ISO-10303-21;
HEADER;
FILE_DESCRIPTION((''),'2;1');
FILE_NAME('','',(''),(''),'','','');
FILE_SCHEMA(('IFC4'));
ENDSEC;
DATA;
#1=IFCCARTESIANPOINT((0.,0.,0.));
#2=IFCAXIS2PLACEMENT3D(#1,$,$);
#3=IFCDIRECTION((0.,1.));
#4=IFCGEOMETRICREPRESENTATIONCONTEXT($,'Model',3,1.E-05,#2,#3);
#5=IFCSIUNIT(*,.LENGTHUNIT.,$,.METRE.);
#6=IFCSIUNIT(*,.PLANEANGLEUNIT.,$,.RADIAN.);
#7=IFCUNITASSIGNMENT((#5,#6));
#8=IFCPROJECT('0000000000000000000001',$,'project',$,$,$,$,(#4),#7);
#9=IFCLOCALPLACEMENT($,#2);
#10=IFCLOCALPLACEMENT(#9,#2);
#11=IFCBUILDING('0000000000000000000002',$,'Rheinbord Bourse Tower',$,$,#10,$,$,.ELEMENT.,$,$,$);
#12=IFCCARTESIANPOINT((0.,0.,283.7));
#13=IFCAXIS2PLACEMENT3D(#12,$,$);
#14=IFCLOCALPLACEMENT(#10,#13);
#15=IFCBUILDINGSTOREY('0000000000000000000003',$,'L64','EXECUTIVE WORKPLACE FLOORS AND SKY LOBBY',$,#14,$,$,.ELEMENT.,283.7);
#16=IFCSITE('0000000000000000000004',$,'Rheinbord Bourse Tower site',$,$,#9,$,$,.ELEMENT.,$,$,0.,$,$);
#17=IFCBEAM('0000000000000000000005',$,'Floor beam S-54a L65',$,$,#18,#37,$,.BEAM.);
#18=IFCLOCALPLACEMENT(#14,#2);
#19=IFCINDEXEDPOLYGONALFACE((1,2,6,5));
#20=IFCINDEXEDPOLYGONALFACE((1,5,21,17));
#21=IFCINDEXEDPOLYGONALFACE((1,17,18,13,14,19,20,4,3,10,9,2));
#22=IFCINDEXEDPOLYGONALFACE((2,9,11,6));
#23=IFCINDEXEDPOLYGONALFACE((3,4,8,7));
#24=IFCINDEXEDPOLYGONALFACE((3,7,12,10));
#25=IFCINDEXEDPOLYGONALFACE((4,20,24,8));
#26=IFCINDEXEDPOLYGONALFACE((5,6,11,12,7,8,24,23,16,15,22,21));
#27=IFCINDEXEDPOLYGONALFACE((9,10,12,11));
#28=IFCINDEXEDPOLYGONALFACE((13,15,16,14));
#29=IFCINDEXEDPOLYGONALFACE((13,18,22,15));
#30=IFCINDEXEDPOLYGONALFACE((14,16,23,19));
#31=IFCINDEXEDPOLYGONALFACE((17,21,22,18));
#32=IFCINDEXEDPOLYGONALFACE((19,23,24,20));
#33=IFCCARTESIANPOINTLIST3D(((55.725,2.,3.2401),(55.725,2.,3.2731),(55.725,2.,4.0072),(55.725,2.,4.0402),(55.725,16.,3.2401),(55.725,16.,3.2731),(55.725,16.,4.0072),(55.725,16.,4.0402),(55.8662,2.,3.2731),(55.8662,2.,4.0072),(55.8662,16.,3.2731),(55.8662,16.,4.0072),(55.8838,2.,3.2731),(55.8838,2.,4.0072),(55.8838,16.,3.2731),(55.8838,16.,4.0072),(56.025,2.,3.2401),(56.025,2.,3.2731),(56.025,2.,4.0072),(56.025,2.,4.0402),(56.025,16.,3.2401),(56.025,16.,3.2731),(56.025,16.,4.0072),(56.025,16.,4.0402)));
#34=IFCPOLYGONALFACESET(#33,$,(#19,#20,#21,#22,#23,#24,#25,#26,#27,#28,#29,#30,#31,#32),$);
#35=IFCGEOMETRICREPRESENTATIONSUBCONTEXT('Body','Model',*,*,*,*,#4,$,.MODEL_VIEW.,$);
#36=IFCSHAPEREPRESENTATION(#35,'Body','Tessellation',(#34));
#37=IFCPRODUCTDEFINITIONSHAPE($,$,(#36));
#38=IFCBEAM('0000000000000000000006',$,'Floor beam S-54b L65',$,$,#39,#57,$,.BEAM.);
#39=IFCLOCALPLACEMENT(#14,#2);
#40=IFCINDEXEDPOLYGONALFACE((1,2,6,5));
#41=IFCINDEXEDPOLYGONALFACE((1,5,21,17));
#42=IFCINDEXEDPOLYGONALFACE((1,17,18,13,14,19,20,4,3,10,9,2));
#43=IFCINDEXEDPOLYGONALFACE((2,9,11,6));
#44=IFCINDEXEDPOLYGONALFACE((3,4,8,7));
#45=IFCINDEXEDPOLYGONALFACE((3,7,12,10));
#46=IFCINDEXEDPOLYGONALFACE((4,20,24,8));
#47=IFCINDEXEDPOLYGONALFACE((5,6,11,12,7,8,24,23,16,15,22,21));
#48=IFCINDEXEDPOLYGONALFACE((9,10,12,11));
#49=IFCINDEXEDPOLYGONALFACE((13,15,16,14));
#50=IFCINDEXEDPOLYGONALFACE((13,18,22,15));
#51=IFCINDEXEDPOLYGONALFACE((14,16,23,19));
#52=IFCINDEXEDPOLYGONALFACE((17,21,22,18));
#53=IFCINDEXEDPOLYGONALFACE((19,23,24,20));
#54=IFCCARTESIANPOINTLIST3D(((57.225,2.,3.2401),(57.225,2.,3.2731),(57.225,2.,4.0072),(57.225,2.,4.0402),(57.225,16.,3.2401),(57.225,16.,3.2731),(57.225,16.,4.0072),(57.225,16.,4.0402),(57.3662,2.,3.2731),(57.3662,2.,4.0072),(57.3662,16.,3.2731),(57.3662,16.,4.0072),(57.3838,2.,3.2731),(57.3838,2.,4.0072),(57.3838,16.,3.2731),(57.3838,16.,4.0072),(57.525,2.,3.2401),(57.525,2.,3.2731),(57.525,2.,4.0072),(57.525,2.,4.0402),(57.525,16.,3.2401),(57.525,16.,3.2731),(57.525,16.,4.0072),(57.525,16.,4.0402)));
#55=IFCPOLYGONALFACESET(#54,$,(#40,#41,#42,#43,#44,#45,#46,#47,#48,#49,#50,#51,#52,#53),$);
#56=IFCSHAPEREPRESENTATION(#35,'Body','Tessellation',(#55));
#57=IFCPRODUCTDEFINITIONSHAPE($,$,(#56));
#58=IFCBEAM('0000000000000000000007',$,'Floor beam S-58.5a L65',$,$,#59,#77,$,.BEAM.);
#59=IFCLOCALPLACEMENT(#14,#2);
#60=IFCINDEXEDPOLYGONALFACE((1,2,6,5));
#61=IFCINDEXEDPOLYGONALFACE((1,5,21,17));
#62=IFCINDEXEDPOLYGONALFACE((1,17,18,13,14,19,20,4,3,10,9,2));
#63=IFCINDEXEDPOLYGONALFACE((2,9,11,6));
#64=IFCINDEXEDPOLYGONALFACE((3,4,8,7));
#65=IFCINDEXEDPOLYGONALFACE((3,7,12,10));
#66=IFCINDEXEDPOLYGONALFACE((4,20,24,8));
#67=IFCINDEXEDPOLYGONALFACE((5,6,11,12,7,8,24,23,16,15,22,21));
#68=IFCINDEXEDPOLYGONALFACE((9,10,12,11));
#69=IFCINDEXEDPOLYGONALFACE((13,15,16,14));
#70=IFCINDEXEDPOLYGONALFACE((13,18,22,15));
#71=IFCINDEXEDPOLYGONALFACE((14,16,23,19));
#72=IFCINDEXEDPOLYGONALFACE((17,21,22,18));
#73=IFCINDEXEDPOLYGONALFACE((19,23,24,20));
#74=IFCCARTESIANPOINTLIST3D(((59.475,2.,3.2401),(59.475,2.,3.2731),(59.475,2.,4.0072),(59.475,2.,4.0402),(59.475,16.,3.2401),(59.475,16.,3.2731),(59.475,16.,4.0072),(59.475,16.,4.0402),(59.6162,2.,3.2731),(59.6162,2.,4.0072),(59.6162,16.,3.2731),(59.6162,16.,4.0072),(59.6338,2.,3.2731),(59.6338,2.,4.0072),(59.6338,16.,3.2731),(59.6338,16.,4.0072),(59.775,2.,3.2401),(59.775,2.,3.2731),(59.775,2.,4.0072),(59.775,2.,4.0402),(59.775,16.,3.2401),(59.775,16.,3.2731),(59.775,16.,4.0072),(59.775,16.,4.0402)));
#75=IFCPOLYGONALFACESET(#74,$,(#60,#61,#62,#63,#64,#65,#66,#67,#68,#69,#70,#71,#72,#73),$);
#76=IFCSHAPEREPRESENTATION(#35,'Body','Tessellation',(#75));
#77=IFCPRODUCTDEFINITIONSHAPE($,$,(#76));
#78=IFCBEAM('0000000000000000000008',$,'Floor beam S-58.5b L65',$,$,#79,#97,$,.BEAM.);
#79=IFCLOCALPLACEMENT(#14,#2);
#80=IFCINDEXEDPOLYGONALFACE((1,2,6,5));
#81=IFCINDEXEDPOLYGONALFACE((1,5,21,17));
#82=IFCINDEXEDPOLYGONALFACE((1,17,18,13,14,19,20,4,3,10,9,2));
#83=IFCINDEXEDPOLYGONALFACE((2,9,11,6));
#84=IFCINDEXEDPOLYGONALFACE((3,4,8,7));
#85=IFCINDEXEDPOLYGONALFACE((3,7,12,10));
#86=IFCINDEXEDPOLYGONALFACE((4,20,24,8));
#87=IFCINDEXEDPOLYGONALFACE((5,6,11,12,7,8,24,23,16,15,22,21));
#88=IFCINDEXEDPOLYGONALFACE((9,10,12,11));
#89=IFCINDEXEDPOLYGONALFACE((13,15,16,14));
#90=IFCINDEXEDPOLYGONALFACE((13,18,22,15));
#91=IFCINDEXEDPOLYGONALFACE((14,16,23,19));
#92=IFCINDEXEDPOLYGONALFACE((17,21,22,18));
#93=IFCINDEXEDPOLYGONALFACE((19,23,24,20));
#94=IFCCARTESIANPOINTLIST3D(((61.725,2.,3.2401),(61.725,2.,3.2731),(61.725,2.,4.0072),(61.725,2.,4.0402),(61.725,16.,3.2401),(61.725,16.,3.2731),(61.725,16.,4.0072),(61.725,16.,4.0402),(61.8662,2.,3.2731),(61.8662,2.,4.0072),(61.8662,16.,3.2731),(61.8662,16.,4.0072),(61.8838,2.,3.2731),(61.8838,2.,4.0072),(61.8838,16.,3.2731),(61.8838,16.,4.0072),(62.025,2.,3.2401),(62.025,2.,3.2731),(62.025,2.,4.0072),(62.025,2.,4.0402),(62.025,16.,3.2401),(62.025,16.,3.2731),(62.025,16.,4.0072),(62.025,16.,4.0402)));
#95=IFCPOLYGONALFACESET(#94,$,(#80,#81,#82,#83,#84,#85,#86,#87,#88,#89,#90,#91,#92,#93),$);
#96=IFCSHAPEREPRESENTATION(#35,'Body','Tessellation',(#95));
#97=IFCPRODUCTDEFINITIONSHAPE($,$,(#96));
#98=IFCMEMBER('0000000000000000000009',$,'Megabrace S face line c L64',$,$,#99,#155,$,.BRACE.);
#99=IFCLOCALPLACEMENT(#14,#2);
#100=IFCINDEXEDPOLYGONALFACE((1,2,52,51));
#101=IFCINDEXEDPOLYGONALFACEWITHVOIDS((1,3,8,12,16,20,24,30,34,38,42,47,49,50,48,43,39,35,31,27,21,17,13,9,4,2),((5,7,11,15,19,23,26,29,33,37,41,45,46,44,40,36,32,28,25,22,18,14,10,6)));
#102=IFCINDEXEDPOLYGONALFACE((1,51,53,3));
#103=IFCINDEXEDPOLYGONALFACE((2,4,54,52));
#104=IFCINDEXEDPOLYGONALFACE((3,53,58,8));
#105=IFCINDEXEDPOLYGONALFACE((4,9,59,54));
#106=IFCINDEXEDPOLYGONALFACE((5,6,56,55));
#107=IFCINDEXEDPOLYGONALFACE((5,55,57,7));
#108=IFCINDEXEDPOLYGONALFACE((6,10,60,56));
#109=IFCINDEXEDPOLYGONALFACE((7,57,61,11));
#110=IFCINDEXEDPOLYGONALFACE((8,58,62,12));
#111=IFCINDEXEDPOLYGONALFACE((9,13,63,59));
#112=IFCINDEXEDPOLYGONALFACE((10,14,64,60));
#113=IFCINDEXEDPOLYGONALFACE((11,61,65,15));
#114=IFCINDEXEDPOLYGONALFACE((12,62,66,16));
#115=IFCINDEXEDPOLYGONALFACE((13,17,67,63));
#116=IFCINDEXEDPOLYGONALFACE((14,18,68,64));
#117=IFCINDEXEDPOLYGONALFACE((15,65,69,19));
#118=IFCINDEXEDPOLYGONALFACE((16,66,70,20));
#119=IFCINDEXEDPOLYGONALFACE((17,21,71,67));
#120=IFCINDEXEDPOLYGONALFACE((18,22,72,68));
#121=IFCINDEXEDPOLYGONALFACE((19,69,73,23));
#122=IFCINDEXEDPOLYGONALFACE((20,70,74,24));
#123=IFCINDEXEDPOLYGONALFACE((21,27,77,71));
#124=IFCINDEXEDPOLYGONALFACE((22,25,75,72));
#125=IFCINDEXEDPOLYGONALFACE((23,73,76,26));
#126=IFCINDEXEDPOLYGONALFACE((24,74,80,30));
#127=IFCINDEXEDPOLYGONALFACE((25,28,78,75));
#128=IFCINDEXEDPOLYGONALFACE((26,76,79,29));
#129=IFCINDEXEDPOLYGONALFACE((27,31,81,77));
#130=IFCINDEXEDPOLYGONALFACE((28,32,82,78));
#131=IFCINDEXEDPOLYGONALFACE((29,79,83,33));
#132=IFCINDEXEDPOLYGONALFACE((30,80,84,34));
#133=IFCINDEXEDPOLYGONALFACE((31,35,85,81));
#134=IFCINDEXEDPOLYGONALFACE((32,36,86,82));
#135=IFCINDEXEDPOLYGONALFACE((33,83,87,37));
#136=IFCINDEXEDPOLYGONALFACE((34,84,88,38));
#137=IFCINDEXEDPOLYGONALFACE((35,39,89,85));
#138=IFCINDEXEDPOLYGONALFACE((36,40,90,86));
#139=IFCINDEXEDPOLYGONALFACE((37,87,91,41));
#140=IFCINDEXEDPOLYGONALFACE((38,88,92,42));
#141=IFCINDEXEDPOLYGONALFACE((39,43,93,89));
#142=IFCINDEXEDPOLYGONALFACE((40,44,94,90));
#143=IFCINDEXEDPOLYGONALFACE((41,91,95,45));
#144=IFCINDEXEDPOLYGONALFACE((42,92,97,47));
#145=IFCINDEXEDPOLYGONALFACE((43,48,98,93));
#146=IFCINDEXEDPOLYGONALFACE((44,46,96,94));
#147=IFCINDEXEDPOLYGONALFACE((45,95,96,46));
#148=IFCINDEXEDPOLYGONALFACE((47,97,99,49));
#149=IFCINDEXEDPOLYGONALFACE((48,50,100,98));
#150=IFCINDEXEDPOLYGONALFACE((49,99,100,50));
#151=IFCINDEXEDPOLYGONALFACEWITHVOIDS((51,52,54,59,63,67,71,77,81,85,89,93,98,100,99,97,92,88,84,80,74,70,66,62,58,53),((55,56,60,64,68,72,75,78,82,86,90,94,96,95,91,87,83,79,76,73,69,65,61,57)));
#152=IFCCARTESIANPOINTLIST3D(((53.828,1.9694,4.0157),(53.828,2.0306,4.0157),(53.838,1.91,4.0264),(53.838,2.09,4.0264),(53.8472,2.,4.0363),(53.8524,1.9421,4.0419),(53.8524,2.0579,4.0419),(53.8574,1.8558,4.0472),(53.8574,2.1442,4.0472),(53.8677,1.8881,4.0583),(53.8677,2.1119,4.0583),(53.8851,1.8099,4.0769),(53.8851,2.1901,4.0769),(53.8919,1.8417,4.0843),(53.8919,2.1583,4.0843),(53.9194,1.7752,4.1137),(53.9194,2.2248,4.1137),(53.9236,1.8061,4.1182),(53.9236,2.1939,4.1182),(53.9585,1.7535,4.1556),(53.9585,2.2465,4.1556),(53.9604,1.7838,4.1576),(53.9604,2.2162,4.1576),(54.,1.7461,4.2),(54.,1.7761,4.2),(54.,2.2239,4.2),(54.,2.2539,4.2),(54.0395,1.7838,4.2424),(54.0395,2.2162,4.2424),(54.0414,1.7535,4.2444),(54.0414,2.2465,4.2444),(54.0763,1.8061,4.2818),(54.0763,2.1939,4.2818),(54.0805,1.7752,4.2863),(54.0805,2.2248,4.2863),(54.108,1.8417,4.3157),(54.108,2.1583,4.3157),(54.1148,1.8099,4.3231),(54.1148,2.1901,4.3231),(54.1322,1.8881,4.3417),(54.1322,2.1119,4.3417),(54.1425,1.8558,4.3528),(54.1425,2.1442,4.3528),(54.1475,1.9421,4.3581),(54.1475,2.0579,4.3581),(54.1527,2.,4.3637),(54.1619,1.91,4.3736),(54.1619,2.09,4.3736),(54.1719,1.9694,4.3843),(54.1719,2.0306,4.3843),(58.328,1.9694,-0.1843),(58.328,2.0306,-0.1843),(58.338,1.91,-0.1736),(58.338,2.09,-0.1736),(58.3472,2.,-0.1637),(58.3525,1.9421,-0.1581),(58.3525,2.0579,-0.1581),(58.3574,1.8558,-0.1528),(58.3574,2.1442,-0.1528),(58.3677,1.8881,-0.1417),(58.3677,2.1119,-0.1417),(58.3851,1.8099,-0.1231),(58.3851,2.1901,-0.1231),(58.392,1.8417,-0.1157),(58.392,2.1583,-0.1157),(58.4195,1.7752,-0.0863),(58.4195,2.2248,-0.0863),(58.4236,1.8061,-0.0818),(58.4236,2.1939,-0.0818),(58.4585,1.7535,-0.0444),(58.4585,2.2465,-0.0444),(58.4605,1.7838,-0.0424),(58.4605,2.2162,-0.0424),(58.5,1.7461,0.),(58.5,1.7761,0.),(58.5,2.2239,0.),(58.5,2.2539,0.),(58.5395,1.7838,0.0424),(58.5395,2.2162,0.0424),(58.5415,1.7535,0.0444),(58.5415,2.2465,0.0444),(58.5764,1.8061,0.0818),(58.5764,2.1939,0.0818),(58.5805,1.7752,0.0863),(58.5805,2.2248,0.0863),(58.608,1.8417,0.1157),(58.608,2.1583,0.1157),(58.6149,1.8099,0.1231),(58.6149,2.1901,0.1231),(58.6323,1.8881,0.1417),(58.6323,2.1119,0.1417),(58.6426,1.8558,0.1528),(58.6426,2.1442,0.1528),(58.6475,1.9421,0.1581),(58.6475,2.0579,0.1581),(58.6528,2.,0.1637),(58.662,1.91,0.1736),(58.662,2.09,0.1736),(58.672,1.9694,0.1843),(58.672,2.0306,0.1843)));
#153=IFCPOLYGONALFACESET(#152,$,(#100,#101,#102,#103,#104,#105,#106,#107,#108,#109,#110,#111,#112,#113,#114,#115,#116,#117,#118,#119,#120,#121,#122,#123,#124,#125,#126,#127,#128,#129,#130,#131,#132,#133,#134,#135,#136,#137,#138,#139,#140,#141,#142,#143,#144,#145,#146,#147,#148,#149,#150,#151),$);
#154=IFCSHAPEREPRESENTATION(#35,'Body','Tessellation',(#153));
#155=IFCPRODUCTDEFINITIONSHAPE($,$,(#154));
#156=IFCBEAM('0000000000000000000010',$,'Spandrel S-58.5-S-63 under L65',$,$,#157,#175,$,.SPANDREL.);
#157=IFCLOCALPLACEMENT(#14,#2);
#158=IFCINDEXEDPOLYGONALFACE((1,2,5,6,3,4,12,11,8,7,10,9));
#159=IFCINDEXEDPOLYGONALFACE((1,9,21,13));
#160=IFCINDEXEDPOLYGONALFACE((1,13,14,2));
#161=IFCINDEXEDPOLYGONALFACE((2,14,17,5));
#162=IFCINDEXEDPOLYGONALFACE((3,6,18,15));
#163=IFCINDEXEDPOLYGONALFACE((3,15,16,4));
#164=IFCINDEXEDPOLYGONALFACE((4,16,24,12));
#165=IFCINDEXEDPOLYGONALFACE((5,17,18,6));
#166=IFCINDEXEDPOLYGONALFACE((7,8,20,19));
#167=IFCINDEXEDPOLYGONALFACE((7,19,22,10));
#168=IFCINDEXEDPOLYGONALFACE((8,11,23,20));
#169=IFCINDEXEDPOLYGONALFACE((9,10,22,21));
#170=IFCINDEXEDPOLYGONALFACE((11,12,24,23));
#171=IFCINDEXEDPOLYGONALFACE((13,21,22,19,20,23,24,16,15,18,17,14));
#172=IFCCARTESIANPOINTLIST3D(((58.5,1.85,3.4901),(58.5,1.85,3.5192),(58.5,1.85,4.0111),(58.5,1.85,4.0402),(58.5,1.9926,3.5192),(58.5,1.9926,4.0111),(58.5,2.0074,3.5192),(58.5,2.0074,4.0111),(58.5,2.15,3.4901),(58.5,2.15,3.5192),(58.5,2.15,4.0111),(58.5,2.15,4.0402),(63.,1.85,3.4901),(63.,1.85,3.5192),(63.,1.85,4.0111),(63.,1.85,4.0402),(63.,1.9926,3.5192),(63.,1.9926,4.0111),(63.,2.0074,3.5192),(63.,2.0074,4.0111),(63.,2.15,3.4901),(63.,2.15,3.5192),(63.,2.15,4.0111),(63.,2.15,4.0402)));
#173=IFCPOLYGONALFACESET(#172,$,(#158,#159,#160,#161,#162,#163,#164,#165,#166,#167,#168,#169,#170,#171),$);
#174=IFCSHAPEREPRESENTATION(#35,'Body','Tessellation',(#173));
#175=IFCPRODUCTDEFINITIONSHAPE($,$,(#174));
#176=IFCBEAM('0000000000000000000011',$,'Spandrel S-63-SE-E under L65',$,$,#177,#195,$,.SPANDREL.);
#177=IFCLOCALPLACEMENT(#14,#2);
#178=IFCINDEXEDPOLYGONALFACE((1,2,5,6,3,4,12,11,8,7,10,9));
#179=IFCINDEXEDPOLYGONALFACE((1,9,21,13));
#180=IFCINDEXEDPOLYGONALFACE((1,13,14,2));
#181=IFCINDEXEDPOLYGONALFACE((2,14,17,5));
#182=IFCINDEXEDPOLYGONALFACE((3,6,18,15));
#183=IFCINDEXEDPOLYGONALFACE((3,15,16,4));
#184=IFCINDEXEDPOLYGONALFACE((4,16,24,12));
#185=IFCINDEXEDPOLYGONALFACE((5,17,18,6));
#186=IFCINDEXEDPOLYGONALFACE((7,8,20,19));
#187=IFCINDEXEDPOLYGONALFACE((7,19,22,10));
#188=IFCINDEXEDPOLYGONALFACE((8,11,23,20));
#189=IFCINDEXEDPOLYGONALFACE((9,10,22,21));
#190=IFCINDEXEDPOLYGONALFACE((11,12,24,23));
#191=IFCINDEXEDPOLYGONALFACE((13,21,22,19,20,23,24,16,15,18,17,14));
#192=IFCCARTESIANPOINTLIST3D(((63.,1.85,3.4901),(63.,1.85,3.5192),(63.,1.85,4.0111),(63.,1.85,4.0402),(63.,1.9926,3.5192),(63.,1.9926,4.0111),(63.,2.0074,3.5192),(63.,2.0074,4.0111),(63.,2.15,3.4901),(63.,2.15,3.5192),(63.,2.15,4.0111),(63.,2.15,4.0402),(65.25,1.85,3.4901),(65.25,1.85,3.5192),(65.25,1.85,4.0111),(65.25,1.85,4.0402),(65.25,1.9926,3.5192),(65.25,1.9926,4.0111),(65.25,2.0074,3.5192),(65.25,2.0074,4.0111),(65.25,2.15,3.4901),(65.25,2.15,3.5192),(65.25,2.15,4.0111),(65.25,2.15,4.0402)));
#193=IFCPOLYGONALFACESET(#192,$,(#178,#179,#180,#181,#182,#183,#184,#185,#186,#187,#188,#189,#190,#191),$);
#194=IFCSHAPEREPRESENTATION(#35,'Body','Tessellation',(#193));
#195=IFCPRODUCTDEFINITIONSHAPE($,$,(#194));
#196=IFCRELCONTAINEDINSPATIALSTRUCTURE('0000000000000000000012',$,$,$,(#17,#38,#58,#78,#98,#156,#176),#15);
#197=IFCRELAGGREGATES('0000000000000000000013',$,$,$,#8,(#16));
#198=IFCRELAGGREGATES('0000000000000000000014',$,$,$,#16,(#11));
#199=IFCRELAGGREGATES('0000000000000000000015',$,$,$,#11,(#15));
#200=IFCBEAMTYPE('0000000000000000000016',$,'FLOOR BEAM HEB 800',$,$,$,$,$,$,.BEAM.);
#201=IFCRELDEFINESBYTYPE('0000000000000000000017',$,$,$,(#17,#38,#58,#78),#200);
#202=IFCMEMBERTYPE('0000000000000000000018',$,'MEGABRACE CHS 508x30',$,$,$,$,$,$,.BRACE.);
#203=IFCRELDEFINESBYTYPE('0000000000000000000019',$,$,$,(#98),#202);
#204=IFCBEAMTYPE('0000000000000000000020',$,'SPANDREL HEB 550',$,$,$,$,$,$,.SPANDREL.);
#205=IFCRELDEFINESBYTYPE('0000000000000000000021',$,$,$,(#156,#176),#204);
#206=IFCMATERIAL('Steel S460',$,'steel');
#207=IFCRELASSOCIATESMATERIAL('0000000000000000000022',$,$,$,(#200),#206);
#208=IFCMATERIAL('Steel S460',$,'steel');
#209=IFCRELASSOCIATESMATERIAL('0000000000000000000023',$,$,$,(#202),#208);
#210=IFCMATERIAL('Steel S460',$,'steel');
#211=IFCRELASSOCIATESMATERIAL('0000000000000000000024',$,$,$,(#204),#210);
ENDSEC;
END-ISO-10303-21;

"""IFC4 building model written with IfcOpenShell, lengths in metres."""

from ifc_helpers import new_model, si_unit, direction, frame, origin, origin_2d, place, context, subcontext, project, spatial, hollow_circle, i_section, extrude, material, material_profile, profile_set, type_object, element, save


model = new_model("IFC4")

# Units and contexts
model_context = context("Model", 3, precision=1e-05, world=origin(), true_north=direction((0.0, 1.0)))
body_context = subcontext(model_context, "Body", "Model", "MODEL_VIEW")
ifc_project = project(units=[si_unit("LENGTHUNIT", "METRE"), si_unit("PLANEANGLEUNIT", "RADIAN")], contexts=[model_context])

# Site, building, storey
site_placement = place(None, origin())
site = spatial("IfcSite", under=ifc_project, at=site_placement, Name="Rheinbord Bourse Tower site", CompositionType="ELEMENT", RefElevation=0.0)
building_placement = place(site_placement, origin())
building = spatial("IfcBuilding", under=site, at=building_placement, Name="Rheinbord Bourse Tower", CompositionType="ELEMENT")
storey_placement = place(building_placement, frame((0.0, 0.0, 283.7)))
storey = spatial("IfcBuildingStorey", under=building, at=storey_placement, Name="L64", Description="EXECUTIVE WORKPLACE FLOORS AND SKY LOBBY", CompositionType="ELEMENT", Elevation=283.7)

# Beams
ifc_material_1 = material(Name="Steel S460", Category="steel")
ifc_material_profile_1 = material_profile(ifc_material_1, i_section(OverallWidth=0.3, OverallDepth=0.8, WebThickness=0.0176, FlangeThickness=0.033, at=origin_2d()), Name="HEB 800")
ifc_profile_set_1 = profile_set([ifc_material_profile_1], Name="Steel S460")
beam_type_1 = type_object("IfcBeamType", Name="FLOOR BEAM HEB 800", PredefinedType="BEAM", material=ifc_profile_set_1)
for number, where, z_axis, x_axis, name in (
    (1, (55.875, 2.0, 3.6401), (0.0, 1.0, 0.0), (-1.0, 0.0, 0.0), "Floor beam S-54a L65"),
    (2, (57.375, 2.0, 3.6401), (0.0, 1.0, 0.0), (-1.0, 0.0, 0.0), "Floor beam S-54b L65"),
    (3, (59.625, 2.0, 3.6401), (0.0, 1.0, 0.0), (-1.0, 0.0, 0.0), "Floor beam S-58.5a L65"),
    (4, (61.875, 2.0, 3.6401), (0.0, 1.0, 0.0), (-1.0, 0.0, 0.0), "Floor beam S-58.5b L65"),
):
    element("IfcBeam", number, at=place(storey_placement, frame(where, z_axis=z_axis, x_axis=x_axis)), inside=storey, type_object=beam_type_1, Name=name, PredefinedType="BEAM", context=body_context, shape_type="SweptSolid", body=[
        extrude(i_section(OverallWidth=0.3, OverallDepth=0.8, WebThickness=0.0176, FlangeThickness=0.033, at=origin_2d()), origin(), (0.0, 0.0, 1.0), 14.0),
    ])

# Member
ifc_material_2 = material(Name="Steel S460", Category="steel")
ifc_material_profile_2 = material_profile(ifc_material_2, hollow_circle(Radius=0.2539, WallThickness=0.03, at=origin_2d()), Name="CHS 508x30")
ifc_profile_set_2 = profile_set([ifc_material_profile_2], Name="Steel S460")
member_type_1 = type_object("IfcMemberType", Name="MEGABRACE CHS 508x30", PredefinedType="BRACE", material=ifc_profile_set_2)
member_1_placement = place(storey_placement, frame((58.5, 2.0, 0.0), z_axis=(-0.731059, 0.0, 0.682314), x_axis=(0.0, -1.0, 0.0)))
element("IfcMember", 5, at=member_1_placement, inside=storey, type_object=member_type_1, Name="Megabrace S face line c L64", PredefinedType="BRACE", context=body_context, shape_type="SweptSolid", body=[
    extrude(hollow_circle(Radius=0.2539, WallThickness=0.03, at=origin_2d()), origin(), (0.0, 0.0, 1.0), 6.1555),
])

# Beams
ifc_material_3 = material(Name="Steel S460", Category="steel")
ifc_material_profile_3 = material_profile(ifc_material_3, i_section(OverallWidth=0.3, OverallDepth=0.55, WebThickness=0.0149, FlangeThickness=0.0291, at=origin_2d()), Name="HEB 550")
ifc_profile_set_3 = profile_set([ifc_material_profile_3], Name="Steel S460")
beam_type_2 = type_object("IfcBeamType", Name="SPANDREL HEB 550", PredefinedType="SPANDREL", material=ifc_profile_set_3)
beam_1_placement = place(storey_placement, frame((58.5, 2.0, 3.7651), z_axis=(1.0, 0.0, 0.0), x_axis=(0.0, 1.0, 0.0)))
element("IfcBeam", 6, at=beam_1_placement, inside=storey, type_object=beam_type_2, Name="Spandrel S-58.5-S-63 under L65", PredefinedType="SPANDREL", context=body_context, shape_type="SweptSolid", body=[
    extrude(i_section(OverallWidth=0.3, OverallDepth=0.55, WebThickness=0.0149, FlangeThickness=0.0291, at=origin_2d()), origin(), (0.0, 0.0, 1.0), 4.5),
])
beam_2_placement = place(storey_placement, frame((63.0, 2.0, 3.7651), z_axis=(1.0, 0.0, 0.0), x_axis=(0.0, 1.0, 0.0)))
element("IfcBeam", 7, at=beam_2_placement, inside=storey, type_object=beam_type_2, Name="Spandrel S-63-SE-E under L65", PredefinedType="SPANDREL", context=body_context, shape_type="SweptSolid", body=[
    extrude(i_section(OverallWidth=0.3, OverallDepth=0.55, WebThickness=0.0149, FlangeThickness=0.0291, at=origin_2d()), origin(), (0.0, 0.0, 1.0), 2.25),
])

save(model, "model.ifc")
